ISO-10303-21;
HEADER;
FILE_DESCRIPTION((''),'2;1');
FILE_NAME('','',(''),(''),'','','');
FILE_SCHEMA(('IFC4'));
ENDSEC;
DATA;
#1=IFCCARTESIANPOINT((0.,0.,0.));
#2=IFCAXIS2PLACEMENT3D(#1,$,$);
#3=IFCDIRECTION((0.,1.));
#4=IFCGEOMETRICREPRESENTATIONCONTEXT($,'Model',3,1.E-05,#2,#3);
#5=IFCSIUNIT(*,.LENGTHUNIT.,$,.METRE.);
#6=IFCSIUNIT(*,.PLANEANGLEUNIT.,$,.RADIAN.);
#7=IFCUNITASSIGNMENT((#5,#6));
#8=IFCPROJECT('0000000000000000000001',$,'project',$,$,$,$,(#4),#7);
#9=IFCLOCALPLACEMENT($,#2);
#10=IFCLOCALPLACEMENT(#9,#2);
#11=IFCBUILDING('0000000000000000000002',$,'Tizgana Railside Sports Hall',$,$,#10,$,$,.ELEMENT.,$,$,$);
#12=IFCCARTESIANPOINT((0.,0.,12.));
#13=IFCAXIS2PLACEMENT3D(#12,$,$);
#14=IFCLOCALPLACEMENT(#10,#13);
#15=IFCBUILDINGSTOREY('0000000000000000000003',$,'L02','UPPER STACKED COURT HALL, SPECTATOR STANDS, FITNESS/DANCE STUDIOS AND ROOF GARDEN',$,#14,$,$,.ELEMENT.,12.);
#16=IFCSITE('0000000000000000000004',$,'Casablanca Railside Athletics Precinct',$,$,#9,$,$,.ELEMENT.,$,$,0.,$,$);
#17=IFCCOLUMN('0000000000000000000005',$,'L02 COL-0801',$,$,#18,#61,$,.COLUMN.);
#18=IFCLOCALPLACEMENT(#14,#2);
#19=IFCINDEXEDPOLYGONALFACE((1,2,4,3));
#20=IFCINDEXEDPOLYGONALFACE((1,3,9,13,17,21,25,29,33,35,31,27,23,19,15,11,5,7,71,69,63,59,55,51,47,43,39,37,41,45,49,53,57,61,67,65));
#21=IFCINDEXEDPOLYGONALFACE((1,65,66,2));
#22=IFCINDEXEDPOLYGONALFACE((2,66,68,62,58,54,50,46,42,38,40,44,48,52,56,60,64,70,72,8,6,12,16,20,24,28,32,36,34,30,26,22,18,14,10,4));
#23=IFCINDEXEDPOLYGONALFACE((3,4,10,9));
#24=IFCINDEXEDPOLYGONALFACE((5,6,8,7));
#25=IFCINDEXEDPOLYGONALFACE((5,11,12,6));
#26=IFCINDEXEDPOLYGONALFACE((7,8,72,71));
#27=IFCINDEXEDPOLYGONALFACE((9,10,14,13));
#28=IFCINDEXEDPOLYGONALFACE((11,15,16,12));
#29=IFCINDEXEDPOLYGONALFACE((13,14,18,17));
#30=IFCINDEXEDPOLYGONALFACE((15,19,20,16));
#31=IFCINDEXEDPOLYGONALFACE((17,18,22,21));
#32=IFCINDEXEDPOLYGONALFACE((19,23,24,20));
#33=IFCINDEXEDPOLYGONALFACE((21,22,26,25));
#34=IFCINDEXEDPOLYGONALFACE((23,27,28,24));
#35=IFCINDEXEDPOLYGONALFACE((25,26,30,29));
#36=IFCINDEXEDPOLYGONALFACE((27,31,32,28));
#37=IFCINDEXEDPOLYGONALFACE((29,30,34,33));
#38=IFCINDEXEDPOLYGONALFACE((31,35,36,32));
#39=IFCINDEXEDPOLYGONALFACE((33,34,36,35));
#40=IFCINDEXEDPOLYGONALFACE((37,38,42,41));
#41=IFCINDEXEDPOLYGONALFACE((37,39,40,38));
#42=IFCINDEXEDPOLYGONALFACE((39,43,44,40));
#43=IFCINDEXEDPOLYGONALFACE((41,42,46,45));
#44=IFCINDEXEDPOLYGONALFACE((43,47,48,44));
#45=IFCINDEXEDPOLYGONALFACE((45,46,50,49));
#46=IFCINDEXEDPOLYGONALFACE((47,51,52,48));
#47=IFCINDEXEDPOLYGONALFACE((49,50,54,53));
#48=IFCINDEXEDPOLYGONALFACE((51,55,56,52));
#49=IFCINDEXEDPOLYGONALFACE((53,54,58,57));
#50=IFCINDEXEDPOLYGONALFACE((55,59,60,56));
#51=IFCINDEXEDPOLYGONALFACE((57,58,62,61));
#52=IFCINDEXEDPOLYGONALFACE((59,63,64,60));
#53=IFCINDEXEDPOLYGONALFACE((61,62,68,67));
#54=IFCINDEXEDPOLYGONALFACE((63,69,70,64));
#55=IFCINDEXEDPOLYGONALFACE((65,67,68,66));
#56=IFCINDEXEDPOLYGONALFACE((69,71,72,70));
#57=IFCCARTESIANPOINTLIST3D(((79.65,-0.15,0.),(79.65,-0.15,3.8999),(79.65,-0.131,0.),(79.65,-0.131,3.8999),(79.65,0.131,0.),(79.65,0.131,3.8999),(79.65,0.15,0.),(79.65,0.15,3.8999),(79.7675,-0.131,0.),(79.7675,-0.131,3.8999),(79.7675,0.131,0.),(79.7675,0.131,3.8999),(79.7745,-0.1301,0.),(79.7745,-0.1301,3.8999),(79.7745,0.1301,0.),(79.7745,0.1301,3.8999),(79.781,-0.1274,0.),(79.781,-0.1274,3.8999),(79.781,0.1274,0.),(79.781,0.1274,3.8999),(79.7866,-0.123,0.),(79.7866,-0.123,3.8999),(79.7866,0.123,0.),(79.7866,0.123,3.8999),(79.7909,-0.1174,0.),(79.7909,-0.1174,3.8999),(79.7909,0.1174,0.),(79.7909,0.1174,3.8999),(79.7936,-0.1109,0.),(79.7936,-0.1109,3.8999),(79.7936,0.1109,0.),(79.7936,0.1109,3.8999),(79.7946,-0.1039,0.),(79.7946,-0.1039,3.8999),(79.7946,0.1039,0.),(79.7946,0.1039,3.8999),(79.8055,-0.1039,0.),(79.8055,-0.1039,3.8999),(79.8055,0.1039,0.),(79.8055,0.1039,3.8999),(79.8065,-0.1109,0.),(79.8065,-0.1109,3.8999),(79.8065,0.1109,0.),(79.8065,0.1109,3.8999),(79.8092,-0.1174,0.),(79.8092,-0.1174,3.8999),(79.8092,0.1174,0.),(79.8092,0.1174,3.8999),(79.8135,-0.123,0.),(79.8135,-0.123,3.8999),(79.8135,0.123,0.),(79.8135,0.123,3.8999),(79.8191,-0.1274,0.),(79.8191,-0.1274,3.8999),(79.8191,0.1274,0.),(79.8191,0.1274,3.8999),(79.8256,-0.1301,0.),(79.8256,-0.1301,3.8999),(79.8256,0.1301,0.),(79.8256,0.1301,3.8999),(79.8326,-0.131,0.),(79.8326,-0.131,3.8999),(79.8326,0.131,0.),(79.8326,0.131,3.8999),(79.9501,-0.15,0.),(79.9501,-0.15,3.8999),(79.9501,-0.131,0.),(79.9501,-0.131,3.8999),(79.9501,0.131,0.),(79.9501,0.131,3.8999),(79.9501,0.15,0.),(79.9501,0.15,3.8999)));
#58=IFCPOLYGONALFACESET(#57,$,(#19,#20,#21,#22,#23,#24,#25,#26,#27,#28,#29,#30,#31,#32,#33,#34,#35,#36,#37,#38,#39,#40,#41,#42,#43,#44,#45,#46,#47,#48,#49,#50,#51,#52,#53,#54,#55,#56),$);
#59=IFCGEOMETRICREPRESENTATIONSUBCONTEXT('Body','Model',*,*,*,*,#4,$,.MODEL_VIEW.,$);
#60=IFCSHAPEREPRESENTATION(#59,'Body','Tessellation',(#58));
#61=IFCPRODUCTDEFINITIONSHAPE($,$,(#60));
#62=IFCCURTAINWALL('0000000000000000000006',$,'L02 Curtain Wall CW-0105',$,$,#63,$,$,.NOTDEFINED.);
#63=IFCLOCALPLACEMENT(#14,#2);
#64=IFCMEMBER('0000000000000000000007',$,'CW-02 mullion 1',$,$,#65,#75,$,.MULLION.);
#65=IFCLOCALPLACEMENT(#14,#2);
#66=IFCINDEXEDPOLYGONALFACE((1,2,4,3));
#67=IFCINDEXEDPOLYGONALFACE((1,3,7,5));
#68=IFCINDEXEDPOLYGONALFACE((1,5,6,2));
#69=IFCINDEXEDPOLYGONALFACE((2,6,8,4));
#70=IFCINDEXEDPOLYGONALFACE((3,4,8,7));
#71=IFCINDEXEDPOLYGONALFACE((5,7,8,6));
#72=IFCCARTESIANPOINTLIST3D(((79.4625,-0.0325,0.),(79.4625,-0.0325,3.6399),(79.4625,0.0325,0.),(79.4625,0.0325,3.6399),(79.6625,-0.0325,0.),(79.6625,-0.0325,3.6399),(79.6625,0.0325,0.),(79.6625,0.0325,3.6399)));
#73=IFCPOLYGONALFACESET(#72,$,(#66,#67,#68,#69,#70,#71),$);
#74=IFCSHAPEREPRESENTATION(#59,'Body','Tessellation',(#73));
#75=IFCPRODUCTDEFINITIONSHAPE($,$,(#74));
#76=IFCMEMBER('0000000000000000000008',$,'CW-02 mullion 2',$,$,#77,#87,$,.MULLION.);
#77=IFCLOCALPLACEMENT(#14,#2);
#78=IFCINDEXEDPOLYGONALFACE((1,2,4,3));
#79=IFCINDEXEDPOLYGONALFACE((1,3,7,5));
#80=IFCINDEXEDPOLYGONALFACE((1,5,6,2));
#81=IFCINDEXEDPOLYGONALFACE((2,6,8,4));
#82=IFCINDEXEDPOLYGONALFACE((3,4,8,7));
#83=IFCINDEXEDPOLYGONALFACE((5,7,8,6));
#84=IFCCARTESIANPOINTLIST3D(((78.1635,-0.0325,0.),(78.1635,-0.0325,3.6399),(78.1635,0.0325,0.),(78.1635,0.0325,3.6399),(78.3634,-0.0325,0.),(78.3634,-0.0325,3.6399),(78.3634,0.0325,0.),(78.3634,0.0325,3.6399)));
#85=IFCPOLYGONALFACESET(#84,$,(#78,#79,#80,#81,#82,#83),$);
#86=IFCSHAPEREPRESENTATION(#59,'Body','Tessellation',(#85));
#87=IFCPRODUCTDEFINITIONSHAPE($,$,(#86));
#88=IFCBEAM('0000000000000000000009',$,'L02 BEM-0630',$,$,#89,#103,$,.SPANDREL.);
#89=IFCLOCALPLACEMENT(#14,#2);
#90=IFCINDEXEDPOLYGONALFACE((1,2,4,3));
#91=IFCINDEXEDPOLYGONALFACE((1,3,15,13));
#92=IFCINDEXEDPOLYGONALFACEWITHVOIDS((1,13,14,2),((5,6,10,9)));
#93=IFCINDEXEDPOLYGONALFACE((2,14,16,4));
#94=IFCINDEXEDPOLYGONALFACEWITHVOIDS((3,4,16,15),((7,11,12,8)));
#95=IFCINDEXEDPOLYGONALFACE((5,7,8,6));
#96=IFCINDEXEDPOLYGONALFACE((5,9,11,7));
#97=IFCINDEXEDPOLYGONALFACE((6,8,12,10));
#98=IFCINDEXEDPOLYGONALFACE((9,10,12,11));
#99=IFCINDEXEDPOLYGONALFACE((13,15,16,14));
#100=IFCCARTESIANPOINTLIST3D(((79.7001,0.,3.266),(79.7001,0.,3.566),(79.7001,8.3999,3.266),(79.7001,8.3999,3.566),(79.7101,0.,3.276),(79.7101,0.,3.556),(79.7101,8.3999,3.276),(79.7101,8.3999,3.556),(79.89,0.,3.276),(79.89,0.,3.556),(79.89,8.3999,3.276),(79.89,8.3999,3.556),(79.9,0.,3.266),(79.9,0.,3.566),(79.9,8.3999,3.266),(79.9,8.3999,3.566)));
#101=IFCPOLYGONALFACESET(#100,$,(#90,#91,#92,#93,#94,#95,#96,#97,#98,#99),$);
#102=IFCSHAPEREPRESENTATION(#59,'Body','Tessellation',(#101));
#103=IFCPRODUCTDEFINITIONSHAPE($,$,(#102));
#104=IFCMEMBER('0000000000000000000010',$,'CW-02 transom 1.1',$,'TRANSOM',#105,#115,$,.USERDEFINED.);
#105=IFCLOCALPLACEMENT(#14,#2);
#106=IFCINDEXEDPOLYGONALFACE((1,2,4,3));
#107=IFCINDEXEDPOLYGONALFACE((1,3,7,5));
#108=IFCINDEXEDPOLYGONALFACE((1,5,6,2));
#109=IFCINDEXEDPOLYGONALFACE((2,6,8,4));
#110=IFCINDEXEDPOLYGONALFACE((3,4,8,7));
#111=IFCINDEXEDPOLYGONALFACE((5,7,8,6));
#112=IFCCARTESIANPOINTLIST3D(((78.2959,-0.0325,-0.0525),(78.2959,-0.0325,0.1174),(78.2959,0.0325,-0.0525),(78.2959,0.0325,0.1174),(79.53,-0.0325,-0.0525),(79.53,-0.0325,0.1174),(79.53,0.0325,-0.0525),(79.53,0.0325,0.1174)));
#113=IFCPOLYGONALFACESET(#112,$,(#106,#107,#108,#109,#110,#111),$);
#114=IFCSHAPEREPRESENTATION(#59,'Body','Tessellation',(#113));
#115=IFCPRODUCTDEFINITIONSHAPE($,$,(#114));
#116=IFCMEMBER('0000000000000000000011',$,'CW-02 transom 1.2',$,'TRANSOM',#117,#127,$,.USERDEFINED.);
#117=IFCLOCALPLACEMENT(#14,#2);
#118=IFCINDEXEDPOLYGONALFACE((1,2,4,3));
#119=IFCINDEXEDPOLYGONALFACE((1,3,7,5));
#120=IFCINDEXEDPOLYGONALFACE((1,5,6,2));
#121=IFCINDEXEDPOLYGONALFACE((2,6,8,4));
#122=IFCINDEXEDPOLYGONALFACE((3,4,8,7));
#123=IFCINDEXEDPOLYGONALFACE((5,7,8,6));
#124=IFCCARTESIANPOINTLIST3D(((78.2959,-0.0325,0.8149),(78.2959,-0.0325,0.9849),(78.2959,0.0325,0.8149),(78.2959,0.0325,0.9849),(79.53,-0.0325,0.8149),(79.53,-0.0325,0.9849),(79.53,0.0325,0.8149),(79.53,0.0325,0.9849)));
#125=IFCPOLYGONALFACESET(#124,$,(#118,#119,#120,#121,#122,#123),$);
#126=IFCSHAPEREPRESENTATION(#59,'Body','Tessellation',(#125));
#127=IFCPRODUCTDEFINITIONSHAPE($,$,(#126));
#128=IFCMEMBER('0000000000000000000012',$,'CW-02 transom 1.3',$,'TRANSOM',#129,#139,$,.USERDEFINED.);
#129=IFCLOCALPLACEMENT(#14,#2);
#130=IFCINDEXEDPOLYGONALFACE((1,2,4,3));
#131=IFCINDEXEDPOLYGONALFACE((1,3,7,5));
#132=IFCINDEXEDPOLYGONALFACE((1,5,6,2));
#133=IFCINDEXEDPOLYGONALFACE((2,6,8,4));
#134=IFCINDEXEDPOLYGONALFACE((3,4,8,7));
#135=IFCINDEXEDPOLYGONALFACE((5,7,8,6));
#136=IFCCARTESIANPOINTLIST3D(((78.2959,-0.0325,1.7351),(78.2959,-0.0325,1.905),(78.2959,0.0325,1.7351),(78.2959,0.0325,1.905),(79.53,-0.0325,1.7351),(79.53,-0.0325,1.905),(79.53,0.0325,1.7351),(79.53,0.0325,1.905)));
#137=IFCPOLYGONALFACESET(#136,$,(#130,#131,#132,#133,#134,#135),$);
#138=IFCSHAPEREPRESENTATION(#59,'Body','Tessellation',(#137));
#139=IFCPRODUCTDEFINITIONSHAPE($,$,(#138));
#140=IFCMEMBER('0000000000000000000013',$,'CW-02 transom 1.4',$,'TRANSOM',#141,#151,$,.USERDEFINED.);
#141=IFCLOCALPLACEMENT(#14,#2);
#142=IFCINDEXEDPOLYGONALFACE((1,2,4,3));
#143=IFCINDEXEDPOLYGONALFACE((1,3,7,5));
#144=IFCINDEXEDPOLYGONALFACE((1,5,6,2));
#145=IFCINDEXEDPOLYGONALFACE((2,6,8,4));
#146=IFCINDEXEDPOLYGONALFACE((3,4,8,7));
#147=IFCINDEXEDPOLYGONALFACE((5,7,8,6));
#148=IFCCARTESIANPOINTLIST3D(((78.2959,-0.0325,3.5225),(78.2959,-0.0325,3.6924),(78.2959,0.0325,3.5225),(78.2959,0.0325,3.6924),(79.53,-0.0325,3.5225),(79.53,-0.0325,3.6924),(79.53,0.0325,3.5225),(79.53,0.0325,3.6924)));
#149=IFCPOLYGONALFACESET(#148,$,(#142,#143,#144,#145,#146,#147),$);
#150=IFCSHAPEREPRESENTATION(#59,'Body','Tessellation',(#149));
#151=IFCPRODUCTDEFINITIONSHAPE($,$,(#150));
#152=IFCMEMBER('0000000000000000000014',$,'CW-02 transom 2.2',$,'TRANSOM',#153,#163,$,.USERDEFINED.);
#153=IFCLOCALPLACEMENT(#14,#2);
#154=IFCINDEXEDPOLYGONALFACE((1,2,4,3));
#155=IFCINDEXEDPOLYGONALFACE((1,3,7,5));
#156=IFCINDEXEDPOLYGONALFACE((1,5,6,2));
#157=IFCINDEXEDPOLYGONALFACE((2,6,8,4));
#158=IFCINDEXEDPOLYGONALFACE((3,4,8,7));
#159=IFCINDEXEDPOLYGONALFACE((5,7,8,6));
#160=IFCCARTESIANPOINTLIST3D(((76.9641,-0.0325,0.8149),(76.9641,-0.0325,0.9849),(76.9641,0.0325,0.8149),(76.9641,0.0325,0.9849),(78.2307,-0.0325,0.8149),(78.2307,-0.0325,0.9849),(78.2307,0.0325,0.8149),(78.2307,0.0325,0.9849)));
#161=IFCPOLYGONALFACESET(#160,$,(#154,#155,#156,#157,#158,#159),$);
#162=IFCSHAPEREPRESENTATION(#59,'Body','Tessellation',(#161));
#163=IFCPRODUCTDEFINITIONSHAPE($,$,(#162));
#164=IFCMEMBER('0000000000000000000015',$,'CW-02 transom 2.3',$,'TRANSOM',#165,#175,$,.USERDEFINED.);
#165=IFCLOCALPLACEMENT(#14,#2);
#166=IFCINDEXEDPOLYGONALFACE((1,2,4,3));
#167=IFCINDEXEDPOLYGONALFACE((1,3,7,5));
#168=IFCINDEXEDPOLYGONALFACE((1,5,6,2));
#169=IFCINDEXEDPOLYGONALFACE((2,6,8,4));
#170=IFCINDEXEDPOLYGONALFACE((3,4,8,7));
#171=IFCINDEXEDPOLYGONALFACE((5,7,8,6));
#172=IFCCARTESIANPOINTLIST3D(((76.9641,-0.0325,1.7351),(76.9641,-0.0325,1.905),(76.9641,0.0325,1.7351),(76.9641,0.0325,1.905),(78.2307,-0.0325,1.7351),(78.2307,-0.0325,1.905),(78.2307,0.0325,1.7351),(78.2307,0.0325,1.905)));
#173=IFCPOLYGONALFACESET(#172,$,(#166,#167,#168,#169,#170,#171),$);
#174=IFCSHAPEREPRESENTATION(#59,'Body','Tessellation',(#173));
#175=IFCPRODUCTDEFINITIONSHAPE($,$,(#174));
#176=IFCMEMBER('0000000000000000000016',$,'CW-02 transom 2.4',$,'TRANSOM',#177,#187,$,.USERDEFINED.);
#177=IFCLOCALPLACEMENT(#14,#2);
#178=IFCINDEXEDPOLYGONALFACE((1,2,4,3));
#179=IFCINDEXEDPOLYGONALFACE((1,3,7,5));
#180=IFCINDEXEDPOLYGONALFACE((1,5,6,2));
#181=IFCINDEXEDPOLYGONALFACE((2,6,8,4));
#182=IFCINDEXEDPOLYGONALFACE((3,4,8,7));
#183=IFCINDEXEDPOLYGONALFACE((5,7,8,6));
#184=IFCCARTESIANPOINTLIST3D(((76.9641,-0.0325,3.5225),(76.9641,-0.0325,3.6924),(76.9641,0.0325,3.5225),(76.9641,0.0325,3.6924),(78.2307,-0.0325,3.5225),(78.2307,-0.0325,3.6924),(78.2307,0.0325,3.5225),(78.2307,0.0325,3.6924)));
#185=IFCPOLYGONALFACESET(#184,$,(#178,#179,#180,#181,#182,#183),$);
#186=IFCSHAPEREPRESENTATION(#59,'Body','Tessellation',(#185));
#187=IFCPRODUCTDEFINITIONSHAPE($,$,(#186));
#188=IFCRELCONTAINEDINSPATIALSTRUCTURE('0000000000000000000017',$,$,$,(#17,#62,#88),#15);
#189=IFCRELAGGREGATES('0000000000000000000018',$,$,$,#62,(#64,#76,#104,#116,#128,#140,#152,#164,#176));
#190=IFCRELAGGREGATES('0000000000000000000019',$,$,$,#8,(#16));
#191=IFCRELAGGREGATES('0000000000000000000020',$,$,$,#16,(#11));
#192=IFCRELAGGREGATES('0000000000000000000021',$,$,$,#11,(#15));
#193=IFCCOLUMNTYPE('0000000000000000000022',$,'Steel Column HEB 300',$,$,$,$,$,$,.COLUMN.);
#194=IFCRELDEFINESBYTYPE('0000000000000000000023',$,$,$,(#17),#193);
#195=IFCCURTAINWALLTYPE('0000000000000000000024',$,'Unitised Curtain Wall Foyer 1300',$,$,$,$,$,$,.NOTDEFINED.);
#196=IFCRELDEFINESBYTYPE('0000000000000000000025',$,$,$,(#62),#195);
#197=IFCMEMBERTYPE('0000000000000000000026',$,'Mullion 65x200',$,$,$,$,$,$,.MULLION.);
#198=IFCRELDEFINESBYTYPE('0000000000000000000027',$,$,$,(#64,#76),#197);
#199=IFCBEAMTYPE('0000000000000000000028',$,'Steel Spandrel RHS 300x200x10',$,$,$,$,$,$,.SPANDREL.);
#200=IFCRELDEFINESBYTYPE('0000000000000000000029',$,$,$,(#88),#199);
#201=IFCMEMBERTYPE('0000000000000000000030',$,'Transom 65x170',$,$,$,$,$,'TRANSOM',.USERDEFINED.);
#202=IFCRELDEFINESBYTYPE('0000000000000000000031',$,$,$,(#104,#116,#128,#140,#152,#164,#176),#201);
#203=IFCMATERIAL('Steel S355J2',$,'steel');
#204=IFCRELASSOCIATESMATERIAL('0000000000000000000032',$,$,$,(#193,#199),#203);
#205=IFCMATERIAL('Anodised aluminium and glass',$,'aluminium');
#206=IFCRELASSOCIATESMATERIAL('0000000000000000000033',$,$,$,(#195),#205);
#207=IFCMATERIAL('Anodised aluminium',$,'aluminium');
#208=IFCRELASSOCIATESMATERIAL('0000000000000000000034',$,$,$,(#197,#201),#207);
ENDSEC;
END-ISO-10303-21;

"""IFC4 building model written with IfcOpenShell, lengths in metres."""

from ifc_helpers import new_model, si_unit, direction, frame, origin, origin_2d, place, context, subcontext, project, spatial, rectangle, hollow_rectangle, i_section, extrude, material, material_profile, profile_set, type_object, element, aggregate, save


model = new_model("IFC4")

# Units and contexts
model_context = context("Model", 3, precision=1e-05, world=origin(), true_north=direction((0.0, 1.0)))
body_context = subcontext(model_context, "Body", "Model", "MODEL_VIEW")
ifc_project = project(units=[si_unit("LENGTHUNIT", "METRE"), si_unit("PLANEANGLEUNIT", "RADIAN")], contexts=[model_context])

# Site, building, storey
site_placement = place(None, origin())
site = spatial("IfcSite", under=ifc_project, at=site_placement, Name="Casablanca Railside Athletics Precinct", CompositionType="ELEMENT", RefElevation=0.0)
building_placement = place(site_placement, origin())
building = spatial("IfcBuilding", under=site, at=building_placement, Name="Tizgana Railside Sports Hall", CompositionType="ELEMENT")
storey_placement = place(building_placement, frame((0.0, 0.0, 12.0)))
storey = spatial("IfcBuildingStorey", under=building, at=storey_placement, Name="L02", Description="UPPER STACKED COURT HALL, SPECTATOR STANDS, FITNESS/DANCE STUDIOS AND ROOF GARDEN", CompositionType="ELEMENT", Elevation=12.0)

# Column
ifc_material_1 = material(Name="Steel S355J2", Category="steel")
ifc_material_profile_1 = material_profile(ifc_material_1, i_section(OverallWidth=0.3, OverallDepth=0.3, WebThickness=0.011, FlangeThickness=0.019, FilletRadius=0.0271, at=origin_2d()), Name="HEB 300")
ifc_profile_set_1 = profile_set([ifc_material_profile_1], Name="Steel S355J2")
column_type = type_object("IfcColumnType", Name="Steel Column HEB 300", PredefinedType="COLUMN", material=ifc_profile_set_1)
column_placement = place(storey_placement, frame((79.8, 0.0, 0.0), z_axis=(0.0, 0.0, 1.0), x_axis=(1.0, 0.0, 0.0)))
element("IfcColumn", 1, at=column_placement, inside=storey, type_object=column_type, Name="L02 COL-0801", PredefinedType="COLUMN", context=body_context, shape_type="SweptSolid", body=[
    extrude(i_section(OverallWidth=0.3, OverallDepth=0.3, WebThickness=0.011, FlangeThickness=0.019, FilletRadius=0.0271, at=origin_2d()), origin(), (0.0, 0.0, 1.0), 3.8999),
])

# Curtain wall, members
ifc_material_2 = material(Name="Anodised aluminium and glass", Category="aluminium")
curtain_wall_type = type_object("IfcCurtainWallType", Name="Unitised Curtain Wall Foyer 1300", PredefinedType="NOTDEFINED", material=ifc_material_2)
curtain_wall_placement = place(storey_placement, origin())
curtain_wall = element("IfcCurtainWall", 2, at=curtain_wall_placement, inside=storey, type_object=curtain_wall_type, Name="L02 Curtain Wall CW-0105", PredefinedType="NOTDEFINED")
ifc_material_3 = material(Name="Anodised aluminium", Category="aluminium")
ifc_material_profile_2 = material_profile(ifc_material_3, rectangle(XDim=0.0649, YDim=0.2, at=origin_2d()), Name="Mullion 65x200")
ifc_profile_set_2 = profile_set([ifc_material_profile_2], Name="Anodised aluminium")
member_type_1 = type_object("IfcMemberType", Name="Mullion 65x200", PredefinedType="MULLION", material=ifc_profile_set_2)
member_1_placement = place(storey_placement, frame((79.5625, 0.0, 0.0), z_axis=(0.0, 0.0, 1.0), x_axis=(0.0, -1.0, 0.0)))
member_1 = element("IfcMember", 3, at=member_1_placement, type_object=member_type_1, Name="CW-02 mullion 1", PredefinedType="MULLION", context=body_context, shape_type="SweptSolid", body=[
    extrude(rectangle(XDim=0.0649, YDim=0.2, at=origin_2d()), origin(), (0.0, 0.0, 1.0), 3.6399),
])
member_2_placement = place(storey_placement, frame((78.2634, 0.0, 0.0), z_axis=(0.0, 0.0, 1.0), x_axis=(0.0, -1.0, 0.0)))
member_2 = element("IfcMember", 4, at=member_2_placement, type_object=member_type_1, Name="CW-02 mullion 2", PredefinedType="MULLION", context=body_context, shape_type="SweptSolid", body=[
    extrude(rectangle(XDim=0.0649, YDim=0.2, at=origin_2d()), origin(), (0.0, 0.0, 1.0), 3.6399),
])

# Beam
ifc_material_profile_3 = material_profile(ifc_material_1, hollow_rectangle(XDim=0.2, YDim=0.3, WallThickness=0.01, at=origin_2d()), Name="RHS 300x200x10")
ifc_profile_set_3 = profile_set([ifc_material_profile_3], Name="Steel S355J2")
beam_type = type_object("IfcBeamType", Name="Steel Spandrel RHS 300x200x10", PredefinedType="SPANDREL", material=ifc_profile_set_3)
beam_placement = place(storey_placement, frame((79.8, 0.0, 3.416), z_axis=(0.0, 1.0, 0.0), x_axis=(-1.0, 0.0, 0.0)))
element("IfcBeam", 5, at=beam_placement, inside=storey, type_object=beam_type, Name="L02 BEM-0630", PredefinedType="SPANDREL", context=body_context, shape_type="SweptSolid", body=[
    extrude(hollow_rectangle(XDim=0.2, YDim=0.3, WallThickness=0.01, at=origin_2d()), origin(), (0.0, 0.0, 1.0), 8.3999),
])

# Members
ifc_material_profile_4 = material_profile(ifc_material_3, rectangle(XDim=0.0649, YDim=0.1699, at=origin_2d()), Name="Transom 65x170")
ifc_profile_set_4 = profile_set([ifc_material_profile_4], Name="Anodised aluminium")
member_type_2 = type_object("IfcMemberType", Name="Transom 65x170", ElementType="TRANSOM", PredefinedType="USERDEFINED", material=ifc_profile_set_4)
member_3_placement = place(storey_placement, frame((79.53, 0.0, 0.0325), z_axis=(-1.0, 0.0, 0.0), x_axis=(0.0, -1.0, 0.0)))
member_3 = element("IfcMember", 6, at=member_3_placement, type_object=member_type_2, Name="CW-02 transom 1.1", ObjectType="TRANSOM", PredefinedType="USERDEFINED", context=body_context, shape_type="SweptSolid", body=[
    extrude(rectangle(XDim=0.0649, YDim=0.1699, at=origin_2d()), origin(), (0.0, 0.0, 1.0), 1.2341),
])
member_4_placement = place(storey_placement, frame((79.53, 0.0, 0.8999), z_axis=(-1.0, 0.0, 0.0), x_axis=(0.0, -1.0, 0.0)))
member_4 = element("IfcMember", 7, at=member_4_placement, type_object=member_type_2, Name="CW-02 transom 1.2", ObjectType="TRANSOM", PredefinedType="USERDEFINED", context=body_context, shape_type="SweptSolid", body=[
    extrude(rectangle(XDim=0.0649, YDim=0.1699, at=origin_2d()), origin(), (0.0, 0.0, 1.0), 1.2341),
])
member_5_placement = place(storey_placement, frame((79.53, 0.0, 1.8201), z_axis=(-1.0, 0.0, 0.0), x_axis=(0.0, -1.0, 0.0)))
member_5 = element("IfcMember", 8, at=member_5_placement, type_object=member_type_2, Name="CW-02 transom 1.3", ObjectType="TRANSOM", PredefinedType="USERDEFINED", context=body_context, shape_type="SweptSolid", body=[
    extrude(rectangle(XDim=0.0649, YDim=0.1699, at=origin_2d()), origin(), (0.0, 0.0, 1.0), 1.2341),
])
member_6_placement = place(storey_placement, frame((79.53, 0.0, 3.6074), z_axis=(-1.0, 0.0, 0.0), x_axis=(0.0, -1.0, 0.0)))
member_6 = element("IfcMember", 9, at=member_6_placement, type_object=member_type_2, Name="CW-02 transom 1.4", ObjectType="TRANSOM", PredefinedType="USERDEFINED", context=body_context, shape_type="SweptSolid", body=[
    extrude(rectangle(XDim=0.0649, YDim=0.1699, at=origin_2d()), origin(), (0.0, 0.0, 1.0), 1.2341),
])
member_7_placement = place(storey_placement, frame((78.2307, 0.0, 0.8999), z_axis=(-1.0, 0.0, 0.0), x_axis=(0.0, -1.0, 0.0)))
member_7 = element("IfcMember", 10, at=member_7_placement, type_object=member_type_2, Name="CW-02 transom 2.2", ObjectType="TRANSOM", PredefinedType="USERDEFINED", context=body_context, shape_type="SweptSolid", body=[
    extrude(rectangle(XDim=0.0649, YDim=0.1699, at=origin_2d()), origin(), (0.0, 0.0, 1.0), 1.2666),
])
member_8_placement = place(storey_placement, frame((78.2307, 0.0, 1.8201), z_axis=(-1.0, 0.0, 0.0), x_axis=(0.0, -1.0, 0.0)))
member_8 = element("IfcMember", 11, at=member_8_placement, type_object=member_type_2, Name="CW-02 transom 2.3", ObjectType="TRANSOM", PredefinedType="USERDEFINED", context=body_context, shape_type="SweptSolid", body=[
    extrude(rectangle(XDim=0.0649, YDim=0.1699, at=origin_2d()), origin(), (0.0, 0.0, 1.0), 1.2666),
])
member_9_placement = place(storey_placement, frame((78.2307, 0.0, 3.6074), z_axis=(-1.0, 0.0, 0.0), x_axis=(0.0, -1.0, 0.0)))
member_9 = element("IfcMember", 12, at=member_9_placement, type_object=member_type_2, Name="CW-02 transom 2.4", ObjectType="TRANSOM", PredefinedType="USERDEFINED", context=body_context, shape_type="SweptSolid", body=[
    extrude(rectangle(XDim=0.0649, YDim=0.1699, at=origin_2d()), origin(), (0.0, 0.0, 1.0), 1.2666),
])

aggregate(curtain_wall, [member_1, member_2, member_3, member_4, member_5, member_6, member_7, member_8, member_9])

save(model, "model.ifc")
